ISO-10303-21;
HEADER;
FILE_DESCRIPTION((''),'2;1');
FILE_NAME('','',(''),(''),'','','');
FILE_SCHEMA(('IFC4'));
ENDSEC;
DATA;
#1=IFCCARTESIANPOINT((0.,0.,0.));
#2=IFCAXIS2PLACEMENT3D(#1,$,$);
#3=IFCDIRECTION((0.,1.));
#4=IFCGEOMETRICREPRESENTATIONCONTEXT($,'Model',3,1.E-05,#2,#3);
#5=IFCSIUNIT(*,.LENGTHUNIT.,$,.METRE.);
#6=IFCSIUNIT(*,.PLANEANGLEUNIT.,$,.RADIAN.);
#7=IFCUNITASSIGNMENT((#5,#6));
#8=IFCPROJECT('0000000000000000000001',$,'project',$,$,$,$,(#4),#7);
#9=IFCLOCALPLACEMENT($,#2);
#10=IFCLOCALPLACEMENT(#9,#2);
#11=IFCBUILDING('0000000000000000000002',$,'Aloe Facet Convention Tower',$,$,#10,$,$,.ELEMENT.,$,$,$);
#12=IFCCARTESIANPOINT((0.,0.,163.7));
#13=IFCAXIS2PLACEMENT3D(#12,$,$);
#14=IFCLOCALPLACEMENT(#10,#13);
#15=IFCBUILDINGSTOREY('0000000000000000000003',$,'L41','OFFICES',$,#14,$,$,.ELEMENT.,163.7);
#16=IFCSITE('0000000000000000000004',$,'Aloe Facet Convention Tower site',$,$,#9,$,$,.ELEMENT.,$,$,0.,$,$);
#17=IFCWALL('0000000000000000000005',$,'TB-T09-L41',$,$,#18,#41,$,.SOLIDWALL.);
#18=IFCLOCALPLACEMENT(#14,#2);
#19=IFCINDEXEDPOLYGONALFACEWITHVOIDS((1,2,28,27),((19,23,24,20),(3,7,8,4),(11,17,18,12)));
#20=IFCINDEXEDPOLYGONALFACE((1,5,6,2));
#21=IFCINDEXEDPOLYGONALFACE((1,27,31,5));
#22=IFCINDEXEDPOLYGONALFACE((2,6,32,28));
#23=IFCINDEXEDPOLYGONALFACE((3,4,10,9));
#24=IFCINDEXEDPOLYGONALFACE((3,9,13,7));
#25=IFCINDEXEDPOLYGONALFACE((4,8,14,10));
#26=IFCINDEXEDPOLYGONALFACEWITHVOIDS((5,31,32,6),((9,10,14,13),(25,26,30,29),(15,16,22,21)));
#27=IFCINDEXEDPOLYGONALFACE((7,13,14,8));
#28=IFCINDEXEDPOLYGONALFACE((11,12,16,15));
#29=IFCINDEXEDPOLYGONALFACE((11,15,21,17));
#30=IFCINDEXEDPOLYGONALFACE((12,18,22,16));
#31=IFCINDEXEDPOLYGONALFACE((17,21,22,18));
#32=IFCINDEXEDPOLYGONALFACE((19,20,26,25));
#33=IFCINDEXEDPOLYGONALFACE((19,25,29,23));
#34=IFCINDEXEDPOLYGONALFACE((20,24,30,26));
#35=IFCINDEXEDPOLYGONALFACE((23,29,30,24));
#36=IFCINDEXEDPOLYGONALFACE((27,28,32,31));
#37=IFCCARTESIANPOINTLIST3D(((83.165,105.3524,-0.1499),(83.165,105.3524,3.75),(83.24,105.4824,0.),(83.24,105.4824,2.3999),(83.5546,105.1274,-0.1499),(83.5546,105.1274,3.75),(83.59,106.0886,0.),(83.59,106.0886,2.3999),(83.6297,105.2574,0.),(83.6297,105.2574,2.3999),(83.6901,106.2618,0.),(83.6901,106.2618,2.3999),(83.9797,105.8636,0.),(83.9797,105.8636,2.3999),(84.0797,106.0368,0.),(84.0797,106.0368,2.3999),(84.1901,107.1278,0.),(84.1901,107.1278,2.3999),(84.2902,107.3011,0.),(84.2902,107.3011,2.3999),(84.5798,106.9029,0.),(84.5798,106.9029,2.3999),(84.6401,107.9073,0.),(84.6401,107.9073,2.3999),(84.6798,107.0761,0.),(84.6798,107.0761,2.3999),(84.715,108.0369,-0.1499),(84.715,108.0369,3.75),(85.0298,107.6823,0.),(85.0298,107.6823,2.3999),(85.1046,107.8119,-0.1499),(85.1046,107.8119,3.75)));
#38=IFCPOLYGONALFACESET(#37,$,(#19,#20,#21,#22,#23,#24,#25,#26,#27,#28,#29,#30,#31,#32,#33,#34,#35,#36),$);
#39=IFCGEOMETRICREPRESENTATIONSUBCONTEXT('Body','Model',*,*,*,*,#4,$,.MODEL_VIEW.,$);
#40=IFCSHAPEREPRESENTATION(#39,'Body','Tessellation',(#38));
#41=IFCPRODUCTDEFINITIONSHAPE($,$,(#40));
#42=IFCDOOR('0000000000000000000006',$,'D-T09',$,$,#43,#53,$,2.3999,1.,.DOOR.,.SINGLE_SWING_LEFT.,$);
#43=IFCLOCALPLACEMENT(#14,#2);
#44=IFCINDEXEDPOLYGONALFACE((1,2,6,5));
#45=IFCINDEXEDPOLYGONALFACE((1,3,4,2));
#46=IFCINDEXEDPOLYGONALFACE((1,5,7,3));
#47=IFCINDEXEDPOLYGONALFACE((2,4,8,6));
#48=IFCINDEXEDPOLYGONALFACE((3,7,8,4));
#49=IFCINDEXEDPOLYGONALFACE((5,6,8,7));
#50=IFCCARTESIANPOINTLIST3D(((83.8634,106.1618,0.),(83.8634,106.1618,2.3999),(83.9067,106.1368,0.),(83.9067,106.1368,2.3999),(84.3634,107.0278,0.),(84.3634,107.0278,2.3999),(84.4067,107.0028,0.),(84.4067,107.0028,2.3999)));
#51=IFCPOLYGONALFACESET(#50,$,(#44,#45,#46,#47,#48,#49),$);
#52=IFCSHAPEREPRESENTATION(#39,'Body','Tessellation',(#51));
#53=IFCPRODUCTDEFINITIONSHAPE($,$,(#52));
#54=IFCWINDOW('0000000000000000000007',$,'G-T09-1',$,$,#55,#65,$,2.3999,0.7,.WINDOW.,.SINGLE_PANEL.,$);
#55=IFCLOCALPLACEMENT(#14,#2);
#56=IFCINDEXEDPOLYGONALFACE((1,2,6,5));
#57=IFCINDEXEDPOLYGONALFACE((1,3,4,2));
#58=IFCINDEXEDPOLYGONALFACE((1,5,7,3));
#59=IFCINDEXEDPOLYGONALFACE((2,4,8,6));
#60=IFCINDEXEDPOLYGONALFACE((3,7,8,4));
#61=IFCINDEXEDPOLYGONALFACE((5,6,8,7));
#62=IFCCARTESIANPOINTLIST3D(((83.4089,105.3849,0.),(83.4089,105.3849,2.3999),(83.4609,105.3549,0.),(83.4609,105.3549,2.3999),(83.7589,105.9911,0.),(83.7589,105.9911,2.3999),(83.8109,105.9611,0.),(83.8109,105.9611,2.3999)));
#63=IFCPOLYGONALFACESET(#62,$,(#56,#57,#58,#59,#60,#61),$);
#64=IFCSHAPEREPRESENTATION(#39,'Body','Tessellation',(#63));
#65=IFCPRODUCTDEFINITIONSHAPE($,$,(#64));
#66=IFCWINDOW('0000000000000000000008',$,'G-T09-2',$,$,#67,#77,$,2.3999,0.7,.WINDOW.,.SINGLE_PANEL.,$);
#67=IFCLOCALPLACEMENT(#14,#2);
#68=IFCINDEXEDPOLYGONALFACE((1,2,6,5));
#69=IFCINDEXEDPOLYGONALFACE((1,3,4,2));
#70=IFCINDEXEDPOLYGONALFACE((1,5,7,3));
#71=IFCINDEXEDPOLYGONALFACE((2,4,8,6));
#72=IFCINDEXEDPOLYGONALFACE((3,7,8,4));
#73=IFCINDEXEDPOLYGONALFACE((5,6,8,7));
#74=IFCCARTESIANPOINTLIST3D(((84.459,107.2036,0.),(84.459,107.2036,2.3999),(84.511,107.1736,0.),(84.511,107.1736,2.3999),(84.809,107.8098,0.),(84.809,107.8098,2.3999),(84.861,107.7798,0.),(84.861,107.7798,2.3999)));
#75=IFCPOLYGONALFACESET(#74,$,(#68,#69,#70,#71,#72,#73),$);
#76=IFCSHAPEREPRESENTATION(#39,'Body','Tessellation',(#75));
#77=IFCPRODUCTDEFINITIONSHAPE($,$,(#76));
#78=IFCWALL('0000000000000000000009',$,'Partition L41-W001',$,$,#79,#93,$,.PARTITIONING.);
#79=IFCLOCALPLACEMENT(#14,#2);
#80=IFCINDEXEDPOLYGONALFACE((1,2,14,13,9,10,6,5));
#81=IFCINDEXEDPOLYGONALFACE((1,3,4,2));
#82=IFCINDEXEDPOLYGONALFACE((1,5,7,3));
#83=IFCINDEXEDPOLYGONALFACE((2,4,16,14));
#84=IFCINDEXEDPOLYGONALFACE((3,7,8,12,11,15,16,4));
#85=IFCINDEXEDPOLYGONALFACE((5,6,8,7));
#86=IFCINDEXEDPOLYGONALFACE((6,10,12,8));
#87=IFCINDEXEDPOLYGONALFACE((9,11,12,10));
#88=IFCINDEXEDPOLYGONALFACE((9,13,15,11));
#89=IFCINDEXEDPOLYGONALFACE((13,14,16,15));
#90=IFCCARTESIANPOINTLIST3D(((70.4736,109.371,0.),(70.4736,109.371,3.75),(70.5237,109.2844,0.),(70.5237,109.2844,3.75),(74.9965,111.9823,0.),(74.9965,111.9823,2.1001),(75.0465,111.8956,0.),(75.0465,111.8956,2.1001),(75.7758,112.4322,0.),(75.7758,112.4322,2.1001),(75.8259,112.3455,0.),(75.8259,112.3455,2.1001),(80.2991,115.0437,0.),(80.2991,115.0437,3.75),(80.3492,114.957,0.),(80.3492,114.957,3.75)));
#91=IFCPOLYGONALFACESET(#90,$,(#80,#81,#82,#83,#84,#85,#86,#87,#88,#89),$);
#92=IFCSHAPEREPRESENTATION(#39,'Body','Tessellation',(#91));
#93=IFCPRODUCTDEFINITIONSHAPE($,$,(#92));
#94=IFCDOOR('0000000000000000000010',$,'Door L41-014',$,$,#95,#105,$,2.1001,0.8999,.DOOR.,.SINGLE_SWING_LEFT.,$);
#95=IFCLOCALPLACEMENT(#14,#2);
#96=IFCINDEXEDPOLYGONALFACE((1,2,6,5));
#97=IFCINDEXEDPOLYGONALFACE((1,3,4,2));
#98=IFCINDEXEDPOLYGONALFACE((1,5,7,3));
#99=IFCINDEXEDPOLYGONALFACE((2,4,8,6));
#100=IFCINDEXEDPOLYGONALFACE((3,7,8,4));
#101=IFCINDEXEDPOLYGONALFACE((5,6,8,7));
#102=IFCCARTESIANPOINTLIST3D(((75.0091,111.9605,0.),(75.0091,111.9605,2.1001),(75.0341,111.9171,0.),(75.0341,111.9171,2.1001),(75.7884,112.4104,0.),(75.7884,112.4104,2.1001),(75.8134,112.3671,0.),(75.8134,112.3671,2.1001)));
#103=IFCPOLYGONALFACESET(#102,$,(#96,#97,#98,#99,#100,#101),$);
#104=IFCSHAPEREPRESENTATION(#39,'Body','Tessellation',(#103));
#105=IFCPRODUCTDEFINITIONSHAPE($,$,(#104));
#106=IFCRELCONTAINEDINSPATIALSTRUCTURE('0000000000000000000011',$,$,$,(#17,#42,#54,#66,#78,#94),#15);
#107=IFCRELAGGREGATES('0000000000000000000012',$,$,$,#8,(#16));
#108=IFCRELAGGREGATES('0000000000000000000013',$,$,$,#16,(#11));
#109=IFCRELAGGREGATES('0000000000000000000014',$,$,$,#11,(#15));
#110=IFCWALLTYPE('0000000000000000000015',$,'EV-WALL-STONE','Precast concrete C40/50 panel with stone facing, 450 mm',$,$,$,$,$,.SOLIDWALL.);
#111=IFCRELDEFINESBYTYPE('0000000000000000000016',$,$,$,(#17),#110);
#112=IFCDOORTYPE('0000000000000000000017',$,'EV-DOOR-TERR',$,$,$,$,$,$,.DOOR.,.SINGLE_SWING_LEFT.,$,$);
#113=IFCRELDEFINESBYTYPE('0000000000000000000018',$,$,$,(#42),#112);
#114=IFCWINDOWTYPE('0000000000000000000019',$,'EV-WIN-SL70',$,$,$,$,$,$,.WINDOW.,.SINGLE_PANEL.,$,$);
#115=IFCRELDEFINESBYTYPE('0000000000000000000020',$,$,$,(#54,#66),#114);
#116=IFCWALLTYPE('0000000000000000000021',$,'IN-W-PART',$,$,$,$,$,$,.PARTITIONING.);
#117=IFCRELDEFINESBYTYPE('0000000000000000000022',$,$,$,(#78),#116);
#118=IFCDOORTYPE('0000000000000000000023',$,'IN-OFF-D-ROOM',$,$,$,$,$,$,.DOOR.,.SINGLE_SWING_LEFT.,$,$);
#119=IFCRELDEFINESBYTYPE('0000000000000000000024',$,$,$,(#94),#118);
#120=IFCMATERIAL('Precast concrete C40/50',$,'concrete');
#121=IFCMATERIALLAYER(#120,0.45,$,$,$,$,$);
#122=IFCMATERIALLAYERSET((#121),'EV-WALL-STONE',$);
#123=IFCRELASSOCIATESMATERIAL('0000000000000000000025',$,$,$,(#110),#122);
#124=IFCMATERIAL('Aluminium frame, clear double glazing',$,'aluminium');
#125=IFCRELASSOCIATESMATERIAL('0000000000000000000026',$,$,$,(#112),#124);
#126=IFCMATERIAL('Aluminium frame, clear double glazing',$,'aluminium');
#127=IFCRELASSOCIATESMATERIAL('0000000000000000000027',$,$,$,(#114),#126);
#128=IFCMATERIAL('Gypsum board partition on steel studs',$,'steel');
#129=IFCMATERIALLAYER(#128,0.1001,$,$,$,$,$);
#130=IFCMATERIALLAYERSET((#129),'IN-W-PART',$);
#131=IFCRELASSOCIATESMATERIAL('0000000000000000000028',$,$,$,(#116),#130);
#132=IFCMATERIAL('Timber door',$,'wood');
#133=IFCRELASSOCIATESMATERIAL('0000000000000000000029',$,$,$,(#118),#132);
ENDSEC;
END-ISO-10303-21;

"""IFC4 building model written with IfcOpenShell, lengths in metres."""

from ifc_helpers import new_model, si_unit, direction, frame, frame_2d, origin, place, context, subcontext, project, spatial, rectangle, extrude, material, layer, layer_set, type_object, element, fill, save


model = new_model("IFC4")

# Units and contexts
model_context = context("Model", 3, precision=1e-05, world=origin(), true_north=direction((0.0, 1.0)))
body_context = subcontext(model_context, "Body", "Model", "MODEL_VIEW")
ifc_project = project(units=[si_unit("LENGTHUNIT", "METRE"), si_unit("PLANEANGLEUNIT", "RADIAN")], contexts=[model_context])

# Site, building, storey
site_placement = place(None, origin())
site = spatial("IfcSite", under=ifc_project, at=site_placement, Name="Aloe Facet Convention Tower site", CompositionType="ELEMENT", RefElevation=0.0)
building_placement = place(site_placement, origin())
building = spatial("IfcBuilding", under=site, at=building_placement, Name="Aloe Facet Convention Tower", CompositionType="ELEMENT")
storey_placement = place(building_placement, frame((0.0, 0.0, 163.7)))
storey = spatial("IfcBuildingStorey", under=building, at=storey_placement, Name="L41", Description="OFFICES", CompositionType="ELEMENT", Elevation=163.7)

# Shared definitions
ifc_material_1 = material(Name="Precast concrete C40/50", Category="concrete")
ifc_layer_1 = layer(ifc_material_1, 0.45)
ifc_layer_set_1 = layer_set([ifc_layer_1], Name="EV-WALL-STONE")
wall_type_1 = type_object("IfcWallType", Name="EV-WALL-STONE", Description="Precast concrete C40/50 panel with stone facing, 450 mm", PredefinedType="SOLIDWALL", material=ifc_layer_set_1)

# Wall, openings, door, windows
wall_1_placement = place(storey_placement, frame((83.3599, 105.24, -0.1499), z_axis=(0.0, 0.0, 1.0), x_axis=(0.500027, 0.86601, 0.0)))
wall_1 = element("IfcWall", 1, at=wall_1_placement, inside=storey, type_object=wall_type_1, Name="TB-T09-L41", PredefinedType="SOLIDWALL", context=body_context, shape_type="SweptSolid", body=[
    extrude(rectangle(XDim=3.0999, YDim=0.45, at=frame_2d((1.5498, 0.0))), origin(), (0.0, 0.0, 1.0), 3.8999),
])
opening_1_placement = place(wall_1_placement, frame((1.05, 0.0, 0.1499)))
opening_1 = element("IfcOpeningElement", 2, at=opening_1_placement, cuts=wall_1, PredefinedType="OPENING", context=body_context, shape_type="SweptSolid", body=[
    extrude(rectangle(XDim=1.0, YDim=2.3999, at=frame_2d((0.5, 1.2))), frame((0.0, 0.2349, 0.0), z_axis=(0.0, -1.0, 0.0), x_axis=(1.0, 0.0, 0.0)), (0.0, 0.0, 1.0), 0.47),
])
opening_2_placement = place(wall_1_placement, frame((0.1499, 0.0, 0.1499)))
opening_2 = element("IfcOpeningElement", 3, at=opening_2_placement, cuts=wall_1, PredefinedType="OPENING", context=body_context, shape_type="SweptSolid", body=[
    extrude(rectangle(XDim=0.7, YDim=2.3999, at=frame_2d((0.3501, 1.2))), frame((0.0, 0.2349, 0.0), z_axis=(0.0, -1.0, 0.0), x_axis=(1.0, 0.0, 0.0)), (0.0, 0.0, 1.0), 0.47),
])
opening_3_placement = place(wall_1_placement, frame((2.25, 0.0, 0.1499)))
opening_3 = element("IfcOpeningElement", 4, at=opening_3_placement, cuts=wall_1, PredefinedType="OPENING", context=body_context, shape_type="SweptSolid", body=[
    extrude(rectangle(XDim=0.7, YDim=2.3999, at=frame_2d((0.3501, 1.2))), frame((0.0, 0.2349, 0.0), z_axis=(0.0, -1.0, 0.0), x_axis=(1.0, 0.0, 0.0)), (0.0, 0.0, 1.0), 0.47),
])
ifc_material_2 = material(Name="Aluminium frame, clear double glazing", Category="aluminium")
door_type_1 = type_object("IfcDoorType", Name="EV-DOOR-TERR", OperationType="SINGLE_SWING_LEFT", PredefinedType="DOOR", material=ifc_material_2)
door_1_placement = place(opening_1_placement, origin())
door_1 = element("IfcDoor", 5, at=door_1_placement, inside=storey, type_object=door_type_1, Name="D-T09", OperationType="SINGLE_SWING_LEFT", OverallHeight=2.3999, OverallWidth=1.0, PredefinedType="DOOR", context=body_context, shape_type="SweptSolid", body=[
    extrude(rectangle(XDim=1.0, YDim=2.3999, at=frame_2d((0.5, 1.2))), frame((0.0, 0.0249, 0.0), z_axis=(0.0, -1.0, 0.0), x_axis=(1.0, 0.0, 0.0)), (0.0, 0.0, 1.0), 0.05),
])
fill(opening_1, door_1)
ifc_material_3 = material(Name="Aluminium frame, clear double glazing", Category="aluminium")
window_type_1 = type_object("IfcWindowType", Name="EV-WIN-SL70", PartitioningType="SINGLE_PANEL", PredefinedType="WINDOW", material=ifc_material_3)
window_1_placement = place(opening_2_placement, origin())
window_1 = element("IfcWindow", 6, at=window_1_placement, inside=storey, type_object=window_type_1, Name="G-T09-1", OverallHeight=2.3999, OverallWidth=0.7, PartitioningType="SINGLE_PANEL", PredefinedType="WINDOW", context=body_context, shape_type="SweptSolid", body=[
    extrude(rectangle(XDim=0.7, YDim=2.3999, at=frame_2d((0.3501, 1.2))), frame((0.0, 0.03, 0.0), z_axis=(0.0, -1.0, 0.0), x_axis=(1.0, 0.0, 0.0)), (0.0, 0.0, 1.0), 0.0601),
])
fill(opening_2, window_1)
window_2_placement = place(opening_3_placement, origin())
window_2 = element("IfcWindow", 7, at=window_2_placement, inside=storey, type_object=window_type_1, Name="G-T09-2", OverallHeight=2.3999, OverallWidth=0.7, PartitioningType="SINGLE_PANEL", PredefinedType="WINDOW", context=body_context, shape_type="SweptSolid", body=[
    extrude(rectangle(XDim=0.7, YDim=2.3999, at=frame_2d((0.3501, 1.2))), frame((0.0, 0.03, 0.0), z_axis=(0.0, -1.0, 0.0), x_axis=(1.0, 0.0, 0.0)), (0.0, 0.0, 1.0), 0.0601),
])
fill(opening_3, window_2)

# Wall, opening, door
ifc_material_4 = material(Name="Gypsum board partition on steel studs", Category="steel")
ifc_layer_2 = layer(ifc_material_4, 0.1001)
ifc_layer_set_2 = layer_set([ifc_layer_2], Name="IN-W-PART")
wall_type_2 = type_object("IfcWallType", Name="IN-W-PART", PredefinedType="PARTITIONING", material=ifc_layer_set_2)
wall_2_placement = place(storey_placement, frame((70.4985, 109.3276, 0.0), z_axis=(0.0, 0.0, 1.0), x_axis=(0.86603, 0.499993, 0.0)))
wall_2 = element("IfcWall", 8, at=wall_2_placement, inside=storey, type_object=wall_type_2, Name="Partition L41-W001", PredefinedType="PARTITIONING", context=body_context, shape_type="SweptSolid", body=[
    extrude(rectangle(XDim=11.3455, YDim=0.1001, at=frame_2d((5.6729, 0.0))), origin(), (0.0, 0.0, 1.0), 3.75),
])
opening_4_placement = place(wall_2_placement, frame((5.2227, 0.0, 0.0)))
opening_4 = element("IfcOpeningElement", 9, at=opening_4_placement, cuts=wall_2, PredefinedType="OPENING", context=body_context, shape_type="SweptSolid", body=[
    extrude(rectangle(XDim=0.8999, YDim=2.1001, at=frame_2d((0.45, 1.05))), frame((0.0, 0.0601, 0.0), z_axis=(0.0, -1.0, 0.0), x_axis=(1.0, 0.0, 0.0)), (0.0, 0.0, 1.0), 0.1201),
])
ifc_material_5 = material(Name="Timber door", Category="wood")
door_type_2 = type_object("IfcDoorType", Name="IN-OFF-D-ROOM", OperationType="SINGLE_SWING_LEFT", PredefinedType="DOOR", material=ifc_material_5)
door_2_placement = place(opening_4_placement, origin())
door_2 = element("IfcDoor", 10, at=door_2_placement, inside=storey, type_object=door_type_2, Name="Door L41-014", OperationType="SINGLE_SWING_LEFT", OverallHeight=2.1001, OverallWidth=0.8999, PredefinedType="DOOR", context=body_context, shape_type="SweptSolid", body=[
    extrude(rectangle(XDim=0.8999, YDim=2.1001, at=frame_2d((0.45, 1.05))), frame((0.0, 0.0249, 0.0), z_axis=(0.0, -1.0, 0.0), x_axis=(1.0, 0.0, 0.0)), (0.0, 0.0, 1.0), 0.05),
])
fill(opening_4, door_2)

save(model, "model.ifc")
